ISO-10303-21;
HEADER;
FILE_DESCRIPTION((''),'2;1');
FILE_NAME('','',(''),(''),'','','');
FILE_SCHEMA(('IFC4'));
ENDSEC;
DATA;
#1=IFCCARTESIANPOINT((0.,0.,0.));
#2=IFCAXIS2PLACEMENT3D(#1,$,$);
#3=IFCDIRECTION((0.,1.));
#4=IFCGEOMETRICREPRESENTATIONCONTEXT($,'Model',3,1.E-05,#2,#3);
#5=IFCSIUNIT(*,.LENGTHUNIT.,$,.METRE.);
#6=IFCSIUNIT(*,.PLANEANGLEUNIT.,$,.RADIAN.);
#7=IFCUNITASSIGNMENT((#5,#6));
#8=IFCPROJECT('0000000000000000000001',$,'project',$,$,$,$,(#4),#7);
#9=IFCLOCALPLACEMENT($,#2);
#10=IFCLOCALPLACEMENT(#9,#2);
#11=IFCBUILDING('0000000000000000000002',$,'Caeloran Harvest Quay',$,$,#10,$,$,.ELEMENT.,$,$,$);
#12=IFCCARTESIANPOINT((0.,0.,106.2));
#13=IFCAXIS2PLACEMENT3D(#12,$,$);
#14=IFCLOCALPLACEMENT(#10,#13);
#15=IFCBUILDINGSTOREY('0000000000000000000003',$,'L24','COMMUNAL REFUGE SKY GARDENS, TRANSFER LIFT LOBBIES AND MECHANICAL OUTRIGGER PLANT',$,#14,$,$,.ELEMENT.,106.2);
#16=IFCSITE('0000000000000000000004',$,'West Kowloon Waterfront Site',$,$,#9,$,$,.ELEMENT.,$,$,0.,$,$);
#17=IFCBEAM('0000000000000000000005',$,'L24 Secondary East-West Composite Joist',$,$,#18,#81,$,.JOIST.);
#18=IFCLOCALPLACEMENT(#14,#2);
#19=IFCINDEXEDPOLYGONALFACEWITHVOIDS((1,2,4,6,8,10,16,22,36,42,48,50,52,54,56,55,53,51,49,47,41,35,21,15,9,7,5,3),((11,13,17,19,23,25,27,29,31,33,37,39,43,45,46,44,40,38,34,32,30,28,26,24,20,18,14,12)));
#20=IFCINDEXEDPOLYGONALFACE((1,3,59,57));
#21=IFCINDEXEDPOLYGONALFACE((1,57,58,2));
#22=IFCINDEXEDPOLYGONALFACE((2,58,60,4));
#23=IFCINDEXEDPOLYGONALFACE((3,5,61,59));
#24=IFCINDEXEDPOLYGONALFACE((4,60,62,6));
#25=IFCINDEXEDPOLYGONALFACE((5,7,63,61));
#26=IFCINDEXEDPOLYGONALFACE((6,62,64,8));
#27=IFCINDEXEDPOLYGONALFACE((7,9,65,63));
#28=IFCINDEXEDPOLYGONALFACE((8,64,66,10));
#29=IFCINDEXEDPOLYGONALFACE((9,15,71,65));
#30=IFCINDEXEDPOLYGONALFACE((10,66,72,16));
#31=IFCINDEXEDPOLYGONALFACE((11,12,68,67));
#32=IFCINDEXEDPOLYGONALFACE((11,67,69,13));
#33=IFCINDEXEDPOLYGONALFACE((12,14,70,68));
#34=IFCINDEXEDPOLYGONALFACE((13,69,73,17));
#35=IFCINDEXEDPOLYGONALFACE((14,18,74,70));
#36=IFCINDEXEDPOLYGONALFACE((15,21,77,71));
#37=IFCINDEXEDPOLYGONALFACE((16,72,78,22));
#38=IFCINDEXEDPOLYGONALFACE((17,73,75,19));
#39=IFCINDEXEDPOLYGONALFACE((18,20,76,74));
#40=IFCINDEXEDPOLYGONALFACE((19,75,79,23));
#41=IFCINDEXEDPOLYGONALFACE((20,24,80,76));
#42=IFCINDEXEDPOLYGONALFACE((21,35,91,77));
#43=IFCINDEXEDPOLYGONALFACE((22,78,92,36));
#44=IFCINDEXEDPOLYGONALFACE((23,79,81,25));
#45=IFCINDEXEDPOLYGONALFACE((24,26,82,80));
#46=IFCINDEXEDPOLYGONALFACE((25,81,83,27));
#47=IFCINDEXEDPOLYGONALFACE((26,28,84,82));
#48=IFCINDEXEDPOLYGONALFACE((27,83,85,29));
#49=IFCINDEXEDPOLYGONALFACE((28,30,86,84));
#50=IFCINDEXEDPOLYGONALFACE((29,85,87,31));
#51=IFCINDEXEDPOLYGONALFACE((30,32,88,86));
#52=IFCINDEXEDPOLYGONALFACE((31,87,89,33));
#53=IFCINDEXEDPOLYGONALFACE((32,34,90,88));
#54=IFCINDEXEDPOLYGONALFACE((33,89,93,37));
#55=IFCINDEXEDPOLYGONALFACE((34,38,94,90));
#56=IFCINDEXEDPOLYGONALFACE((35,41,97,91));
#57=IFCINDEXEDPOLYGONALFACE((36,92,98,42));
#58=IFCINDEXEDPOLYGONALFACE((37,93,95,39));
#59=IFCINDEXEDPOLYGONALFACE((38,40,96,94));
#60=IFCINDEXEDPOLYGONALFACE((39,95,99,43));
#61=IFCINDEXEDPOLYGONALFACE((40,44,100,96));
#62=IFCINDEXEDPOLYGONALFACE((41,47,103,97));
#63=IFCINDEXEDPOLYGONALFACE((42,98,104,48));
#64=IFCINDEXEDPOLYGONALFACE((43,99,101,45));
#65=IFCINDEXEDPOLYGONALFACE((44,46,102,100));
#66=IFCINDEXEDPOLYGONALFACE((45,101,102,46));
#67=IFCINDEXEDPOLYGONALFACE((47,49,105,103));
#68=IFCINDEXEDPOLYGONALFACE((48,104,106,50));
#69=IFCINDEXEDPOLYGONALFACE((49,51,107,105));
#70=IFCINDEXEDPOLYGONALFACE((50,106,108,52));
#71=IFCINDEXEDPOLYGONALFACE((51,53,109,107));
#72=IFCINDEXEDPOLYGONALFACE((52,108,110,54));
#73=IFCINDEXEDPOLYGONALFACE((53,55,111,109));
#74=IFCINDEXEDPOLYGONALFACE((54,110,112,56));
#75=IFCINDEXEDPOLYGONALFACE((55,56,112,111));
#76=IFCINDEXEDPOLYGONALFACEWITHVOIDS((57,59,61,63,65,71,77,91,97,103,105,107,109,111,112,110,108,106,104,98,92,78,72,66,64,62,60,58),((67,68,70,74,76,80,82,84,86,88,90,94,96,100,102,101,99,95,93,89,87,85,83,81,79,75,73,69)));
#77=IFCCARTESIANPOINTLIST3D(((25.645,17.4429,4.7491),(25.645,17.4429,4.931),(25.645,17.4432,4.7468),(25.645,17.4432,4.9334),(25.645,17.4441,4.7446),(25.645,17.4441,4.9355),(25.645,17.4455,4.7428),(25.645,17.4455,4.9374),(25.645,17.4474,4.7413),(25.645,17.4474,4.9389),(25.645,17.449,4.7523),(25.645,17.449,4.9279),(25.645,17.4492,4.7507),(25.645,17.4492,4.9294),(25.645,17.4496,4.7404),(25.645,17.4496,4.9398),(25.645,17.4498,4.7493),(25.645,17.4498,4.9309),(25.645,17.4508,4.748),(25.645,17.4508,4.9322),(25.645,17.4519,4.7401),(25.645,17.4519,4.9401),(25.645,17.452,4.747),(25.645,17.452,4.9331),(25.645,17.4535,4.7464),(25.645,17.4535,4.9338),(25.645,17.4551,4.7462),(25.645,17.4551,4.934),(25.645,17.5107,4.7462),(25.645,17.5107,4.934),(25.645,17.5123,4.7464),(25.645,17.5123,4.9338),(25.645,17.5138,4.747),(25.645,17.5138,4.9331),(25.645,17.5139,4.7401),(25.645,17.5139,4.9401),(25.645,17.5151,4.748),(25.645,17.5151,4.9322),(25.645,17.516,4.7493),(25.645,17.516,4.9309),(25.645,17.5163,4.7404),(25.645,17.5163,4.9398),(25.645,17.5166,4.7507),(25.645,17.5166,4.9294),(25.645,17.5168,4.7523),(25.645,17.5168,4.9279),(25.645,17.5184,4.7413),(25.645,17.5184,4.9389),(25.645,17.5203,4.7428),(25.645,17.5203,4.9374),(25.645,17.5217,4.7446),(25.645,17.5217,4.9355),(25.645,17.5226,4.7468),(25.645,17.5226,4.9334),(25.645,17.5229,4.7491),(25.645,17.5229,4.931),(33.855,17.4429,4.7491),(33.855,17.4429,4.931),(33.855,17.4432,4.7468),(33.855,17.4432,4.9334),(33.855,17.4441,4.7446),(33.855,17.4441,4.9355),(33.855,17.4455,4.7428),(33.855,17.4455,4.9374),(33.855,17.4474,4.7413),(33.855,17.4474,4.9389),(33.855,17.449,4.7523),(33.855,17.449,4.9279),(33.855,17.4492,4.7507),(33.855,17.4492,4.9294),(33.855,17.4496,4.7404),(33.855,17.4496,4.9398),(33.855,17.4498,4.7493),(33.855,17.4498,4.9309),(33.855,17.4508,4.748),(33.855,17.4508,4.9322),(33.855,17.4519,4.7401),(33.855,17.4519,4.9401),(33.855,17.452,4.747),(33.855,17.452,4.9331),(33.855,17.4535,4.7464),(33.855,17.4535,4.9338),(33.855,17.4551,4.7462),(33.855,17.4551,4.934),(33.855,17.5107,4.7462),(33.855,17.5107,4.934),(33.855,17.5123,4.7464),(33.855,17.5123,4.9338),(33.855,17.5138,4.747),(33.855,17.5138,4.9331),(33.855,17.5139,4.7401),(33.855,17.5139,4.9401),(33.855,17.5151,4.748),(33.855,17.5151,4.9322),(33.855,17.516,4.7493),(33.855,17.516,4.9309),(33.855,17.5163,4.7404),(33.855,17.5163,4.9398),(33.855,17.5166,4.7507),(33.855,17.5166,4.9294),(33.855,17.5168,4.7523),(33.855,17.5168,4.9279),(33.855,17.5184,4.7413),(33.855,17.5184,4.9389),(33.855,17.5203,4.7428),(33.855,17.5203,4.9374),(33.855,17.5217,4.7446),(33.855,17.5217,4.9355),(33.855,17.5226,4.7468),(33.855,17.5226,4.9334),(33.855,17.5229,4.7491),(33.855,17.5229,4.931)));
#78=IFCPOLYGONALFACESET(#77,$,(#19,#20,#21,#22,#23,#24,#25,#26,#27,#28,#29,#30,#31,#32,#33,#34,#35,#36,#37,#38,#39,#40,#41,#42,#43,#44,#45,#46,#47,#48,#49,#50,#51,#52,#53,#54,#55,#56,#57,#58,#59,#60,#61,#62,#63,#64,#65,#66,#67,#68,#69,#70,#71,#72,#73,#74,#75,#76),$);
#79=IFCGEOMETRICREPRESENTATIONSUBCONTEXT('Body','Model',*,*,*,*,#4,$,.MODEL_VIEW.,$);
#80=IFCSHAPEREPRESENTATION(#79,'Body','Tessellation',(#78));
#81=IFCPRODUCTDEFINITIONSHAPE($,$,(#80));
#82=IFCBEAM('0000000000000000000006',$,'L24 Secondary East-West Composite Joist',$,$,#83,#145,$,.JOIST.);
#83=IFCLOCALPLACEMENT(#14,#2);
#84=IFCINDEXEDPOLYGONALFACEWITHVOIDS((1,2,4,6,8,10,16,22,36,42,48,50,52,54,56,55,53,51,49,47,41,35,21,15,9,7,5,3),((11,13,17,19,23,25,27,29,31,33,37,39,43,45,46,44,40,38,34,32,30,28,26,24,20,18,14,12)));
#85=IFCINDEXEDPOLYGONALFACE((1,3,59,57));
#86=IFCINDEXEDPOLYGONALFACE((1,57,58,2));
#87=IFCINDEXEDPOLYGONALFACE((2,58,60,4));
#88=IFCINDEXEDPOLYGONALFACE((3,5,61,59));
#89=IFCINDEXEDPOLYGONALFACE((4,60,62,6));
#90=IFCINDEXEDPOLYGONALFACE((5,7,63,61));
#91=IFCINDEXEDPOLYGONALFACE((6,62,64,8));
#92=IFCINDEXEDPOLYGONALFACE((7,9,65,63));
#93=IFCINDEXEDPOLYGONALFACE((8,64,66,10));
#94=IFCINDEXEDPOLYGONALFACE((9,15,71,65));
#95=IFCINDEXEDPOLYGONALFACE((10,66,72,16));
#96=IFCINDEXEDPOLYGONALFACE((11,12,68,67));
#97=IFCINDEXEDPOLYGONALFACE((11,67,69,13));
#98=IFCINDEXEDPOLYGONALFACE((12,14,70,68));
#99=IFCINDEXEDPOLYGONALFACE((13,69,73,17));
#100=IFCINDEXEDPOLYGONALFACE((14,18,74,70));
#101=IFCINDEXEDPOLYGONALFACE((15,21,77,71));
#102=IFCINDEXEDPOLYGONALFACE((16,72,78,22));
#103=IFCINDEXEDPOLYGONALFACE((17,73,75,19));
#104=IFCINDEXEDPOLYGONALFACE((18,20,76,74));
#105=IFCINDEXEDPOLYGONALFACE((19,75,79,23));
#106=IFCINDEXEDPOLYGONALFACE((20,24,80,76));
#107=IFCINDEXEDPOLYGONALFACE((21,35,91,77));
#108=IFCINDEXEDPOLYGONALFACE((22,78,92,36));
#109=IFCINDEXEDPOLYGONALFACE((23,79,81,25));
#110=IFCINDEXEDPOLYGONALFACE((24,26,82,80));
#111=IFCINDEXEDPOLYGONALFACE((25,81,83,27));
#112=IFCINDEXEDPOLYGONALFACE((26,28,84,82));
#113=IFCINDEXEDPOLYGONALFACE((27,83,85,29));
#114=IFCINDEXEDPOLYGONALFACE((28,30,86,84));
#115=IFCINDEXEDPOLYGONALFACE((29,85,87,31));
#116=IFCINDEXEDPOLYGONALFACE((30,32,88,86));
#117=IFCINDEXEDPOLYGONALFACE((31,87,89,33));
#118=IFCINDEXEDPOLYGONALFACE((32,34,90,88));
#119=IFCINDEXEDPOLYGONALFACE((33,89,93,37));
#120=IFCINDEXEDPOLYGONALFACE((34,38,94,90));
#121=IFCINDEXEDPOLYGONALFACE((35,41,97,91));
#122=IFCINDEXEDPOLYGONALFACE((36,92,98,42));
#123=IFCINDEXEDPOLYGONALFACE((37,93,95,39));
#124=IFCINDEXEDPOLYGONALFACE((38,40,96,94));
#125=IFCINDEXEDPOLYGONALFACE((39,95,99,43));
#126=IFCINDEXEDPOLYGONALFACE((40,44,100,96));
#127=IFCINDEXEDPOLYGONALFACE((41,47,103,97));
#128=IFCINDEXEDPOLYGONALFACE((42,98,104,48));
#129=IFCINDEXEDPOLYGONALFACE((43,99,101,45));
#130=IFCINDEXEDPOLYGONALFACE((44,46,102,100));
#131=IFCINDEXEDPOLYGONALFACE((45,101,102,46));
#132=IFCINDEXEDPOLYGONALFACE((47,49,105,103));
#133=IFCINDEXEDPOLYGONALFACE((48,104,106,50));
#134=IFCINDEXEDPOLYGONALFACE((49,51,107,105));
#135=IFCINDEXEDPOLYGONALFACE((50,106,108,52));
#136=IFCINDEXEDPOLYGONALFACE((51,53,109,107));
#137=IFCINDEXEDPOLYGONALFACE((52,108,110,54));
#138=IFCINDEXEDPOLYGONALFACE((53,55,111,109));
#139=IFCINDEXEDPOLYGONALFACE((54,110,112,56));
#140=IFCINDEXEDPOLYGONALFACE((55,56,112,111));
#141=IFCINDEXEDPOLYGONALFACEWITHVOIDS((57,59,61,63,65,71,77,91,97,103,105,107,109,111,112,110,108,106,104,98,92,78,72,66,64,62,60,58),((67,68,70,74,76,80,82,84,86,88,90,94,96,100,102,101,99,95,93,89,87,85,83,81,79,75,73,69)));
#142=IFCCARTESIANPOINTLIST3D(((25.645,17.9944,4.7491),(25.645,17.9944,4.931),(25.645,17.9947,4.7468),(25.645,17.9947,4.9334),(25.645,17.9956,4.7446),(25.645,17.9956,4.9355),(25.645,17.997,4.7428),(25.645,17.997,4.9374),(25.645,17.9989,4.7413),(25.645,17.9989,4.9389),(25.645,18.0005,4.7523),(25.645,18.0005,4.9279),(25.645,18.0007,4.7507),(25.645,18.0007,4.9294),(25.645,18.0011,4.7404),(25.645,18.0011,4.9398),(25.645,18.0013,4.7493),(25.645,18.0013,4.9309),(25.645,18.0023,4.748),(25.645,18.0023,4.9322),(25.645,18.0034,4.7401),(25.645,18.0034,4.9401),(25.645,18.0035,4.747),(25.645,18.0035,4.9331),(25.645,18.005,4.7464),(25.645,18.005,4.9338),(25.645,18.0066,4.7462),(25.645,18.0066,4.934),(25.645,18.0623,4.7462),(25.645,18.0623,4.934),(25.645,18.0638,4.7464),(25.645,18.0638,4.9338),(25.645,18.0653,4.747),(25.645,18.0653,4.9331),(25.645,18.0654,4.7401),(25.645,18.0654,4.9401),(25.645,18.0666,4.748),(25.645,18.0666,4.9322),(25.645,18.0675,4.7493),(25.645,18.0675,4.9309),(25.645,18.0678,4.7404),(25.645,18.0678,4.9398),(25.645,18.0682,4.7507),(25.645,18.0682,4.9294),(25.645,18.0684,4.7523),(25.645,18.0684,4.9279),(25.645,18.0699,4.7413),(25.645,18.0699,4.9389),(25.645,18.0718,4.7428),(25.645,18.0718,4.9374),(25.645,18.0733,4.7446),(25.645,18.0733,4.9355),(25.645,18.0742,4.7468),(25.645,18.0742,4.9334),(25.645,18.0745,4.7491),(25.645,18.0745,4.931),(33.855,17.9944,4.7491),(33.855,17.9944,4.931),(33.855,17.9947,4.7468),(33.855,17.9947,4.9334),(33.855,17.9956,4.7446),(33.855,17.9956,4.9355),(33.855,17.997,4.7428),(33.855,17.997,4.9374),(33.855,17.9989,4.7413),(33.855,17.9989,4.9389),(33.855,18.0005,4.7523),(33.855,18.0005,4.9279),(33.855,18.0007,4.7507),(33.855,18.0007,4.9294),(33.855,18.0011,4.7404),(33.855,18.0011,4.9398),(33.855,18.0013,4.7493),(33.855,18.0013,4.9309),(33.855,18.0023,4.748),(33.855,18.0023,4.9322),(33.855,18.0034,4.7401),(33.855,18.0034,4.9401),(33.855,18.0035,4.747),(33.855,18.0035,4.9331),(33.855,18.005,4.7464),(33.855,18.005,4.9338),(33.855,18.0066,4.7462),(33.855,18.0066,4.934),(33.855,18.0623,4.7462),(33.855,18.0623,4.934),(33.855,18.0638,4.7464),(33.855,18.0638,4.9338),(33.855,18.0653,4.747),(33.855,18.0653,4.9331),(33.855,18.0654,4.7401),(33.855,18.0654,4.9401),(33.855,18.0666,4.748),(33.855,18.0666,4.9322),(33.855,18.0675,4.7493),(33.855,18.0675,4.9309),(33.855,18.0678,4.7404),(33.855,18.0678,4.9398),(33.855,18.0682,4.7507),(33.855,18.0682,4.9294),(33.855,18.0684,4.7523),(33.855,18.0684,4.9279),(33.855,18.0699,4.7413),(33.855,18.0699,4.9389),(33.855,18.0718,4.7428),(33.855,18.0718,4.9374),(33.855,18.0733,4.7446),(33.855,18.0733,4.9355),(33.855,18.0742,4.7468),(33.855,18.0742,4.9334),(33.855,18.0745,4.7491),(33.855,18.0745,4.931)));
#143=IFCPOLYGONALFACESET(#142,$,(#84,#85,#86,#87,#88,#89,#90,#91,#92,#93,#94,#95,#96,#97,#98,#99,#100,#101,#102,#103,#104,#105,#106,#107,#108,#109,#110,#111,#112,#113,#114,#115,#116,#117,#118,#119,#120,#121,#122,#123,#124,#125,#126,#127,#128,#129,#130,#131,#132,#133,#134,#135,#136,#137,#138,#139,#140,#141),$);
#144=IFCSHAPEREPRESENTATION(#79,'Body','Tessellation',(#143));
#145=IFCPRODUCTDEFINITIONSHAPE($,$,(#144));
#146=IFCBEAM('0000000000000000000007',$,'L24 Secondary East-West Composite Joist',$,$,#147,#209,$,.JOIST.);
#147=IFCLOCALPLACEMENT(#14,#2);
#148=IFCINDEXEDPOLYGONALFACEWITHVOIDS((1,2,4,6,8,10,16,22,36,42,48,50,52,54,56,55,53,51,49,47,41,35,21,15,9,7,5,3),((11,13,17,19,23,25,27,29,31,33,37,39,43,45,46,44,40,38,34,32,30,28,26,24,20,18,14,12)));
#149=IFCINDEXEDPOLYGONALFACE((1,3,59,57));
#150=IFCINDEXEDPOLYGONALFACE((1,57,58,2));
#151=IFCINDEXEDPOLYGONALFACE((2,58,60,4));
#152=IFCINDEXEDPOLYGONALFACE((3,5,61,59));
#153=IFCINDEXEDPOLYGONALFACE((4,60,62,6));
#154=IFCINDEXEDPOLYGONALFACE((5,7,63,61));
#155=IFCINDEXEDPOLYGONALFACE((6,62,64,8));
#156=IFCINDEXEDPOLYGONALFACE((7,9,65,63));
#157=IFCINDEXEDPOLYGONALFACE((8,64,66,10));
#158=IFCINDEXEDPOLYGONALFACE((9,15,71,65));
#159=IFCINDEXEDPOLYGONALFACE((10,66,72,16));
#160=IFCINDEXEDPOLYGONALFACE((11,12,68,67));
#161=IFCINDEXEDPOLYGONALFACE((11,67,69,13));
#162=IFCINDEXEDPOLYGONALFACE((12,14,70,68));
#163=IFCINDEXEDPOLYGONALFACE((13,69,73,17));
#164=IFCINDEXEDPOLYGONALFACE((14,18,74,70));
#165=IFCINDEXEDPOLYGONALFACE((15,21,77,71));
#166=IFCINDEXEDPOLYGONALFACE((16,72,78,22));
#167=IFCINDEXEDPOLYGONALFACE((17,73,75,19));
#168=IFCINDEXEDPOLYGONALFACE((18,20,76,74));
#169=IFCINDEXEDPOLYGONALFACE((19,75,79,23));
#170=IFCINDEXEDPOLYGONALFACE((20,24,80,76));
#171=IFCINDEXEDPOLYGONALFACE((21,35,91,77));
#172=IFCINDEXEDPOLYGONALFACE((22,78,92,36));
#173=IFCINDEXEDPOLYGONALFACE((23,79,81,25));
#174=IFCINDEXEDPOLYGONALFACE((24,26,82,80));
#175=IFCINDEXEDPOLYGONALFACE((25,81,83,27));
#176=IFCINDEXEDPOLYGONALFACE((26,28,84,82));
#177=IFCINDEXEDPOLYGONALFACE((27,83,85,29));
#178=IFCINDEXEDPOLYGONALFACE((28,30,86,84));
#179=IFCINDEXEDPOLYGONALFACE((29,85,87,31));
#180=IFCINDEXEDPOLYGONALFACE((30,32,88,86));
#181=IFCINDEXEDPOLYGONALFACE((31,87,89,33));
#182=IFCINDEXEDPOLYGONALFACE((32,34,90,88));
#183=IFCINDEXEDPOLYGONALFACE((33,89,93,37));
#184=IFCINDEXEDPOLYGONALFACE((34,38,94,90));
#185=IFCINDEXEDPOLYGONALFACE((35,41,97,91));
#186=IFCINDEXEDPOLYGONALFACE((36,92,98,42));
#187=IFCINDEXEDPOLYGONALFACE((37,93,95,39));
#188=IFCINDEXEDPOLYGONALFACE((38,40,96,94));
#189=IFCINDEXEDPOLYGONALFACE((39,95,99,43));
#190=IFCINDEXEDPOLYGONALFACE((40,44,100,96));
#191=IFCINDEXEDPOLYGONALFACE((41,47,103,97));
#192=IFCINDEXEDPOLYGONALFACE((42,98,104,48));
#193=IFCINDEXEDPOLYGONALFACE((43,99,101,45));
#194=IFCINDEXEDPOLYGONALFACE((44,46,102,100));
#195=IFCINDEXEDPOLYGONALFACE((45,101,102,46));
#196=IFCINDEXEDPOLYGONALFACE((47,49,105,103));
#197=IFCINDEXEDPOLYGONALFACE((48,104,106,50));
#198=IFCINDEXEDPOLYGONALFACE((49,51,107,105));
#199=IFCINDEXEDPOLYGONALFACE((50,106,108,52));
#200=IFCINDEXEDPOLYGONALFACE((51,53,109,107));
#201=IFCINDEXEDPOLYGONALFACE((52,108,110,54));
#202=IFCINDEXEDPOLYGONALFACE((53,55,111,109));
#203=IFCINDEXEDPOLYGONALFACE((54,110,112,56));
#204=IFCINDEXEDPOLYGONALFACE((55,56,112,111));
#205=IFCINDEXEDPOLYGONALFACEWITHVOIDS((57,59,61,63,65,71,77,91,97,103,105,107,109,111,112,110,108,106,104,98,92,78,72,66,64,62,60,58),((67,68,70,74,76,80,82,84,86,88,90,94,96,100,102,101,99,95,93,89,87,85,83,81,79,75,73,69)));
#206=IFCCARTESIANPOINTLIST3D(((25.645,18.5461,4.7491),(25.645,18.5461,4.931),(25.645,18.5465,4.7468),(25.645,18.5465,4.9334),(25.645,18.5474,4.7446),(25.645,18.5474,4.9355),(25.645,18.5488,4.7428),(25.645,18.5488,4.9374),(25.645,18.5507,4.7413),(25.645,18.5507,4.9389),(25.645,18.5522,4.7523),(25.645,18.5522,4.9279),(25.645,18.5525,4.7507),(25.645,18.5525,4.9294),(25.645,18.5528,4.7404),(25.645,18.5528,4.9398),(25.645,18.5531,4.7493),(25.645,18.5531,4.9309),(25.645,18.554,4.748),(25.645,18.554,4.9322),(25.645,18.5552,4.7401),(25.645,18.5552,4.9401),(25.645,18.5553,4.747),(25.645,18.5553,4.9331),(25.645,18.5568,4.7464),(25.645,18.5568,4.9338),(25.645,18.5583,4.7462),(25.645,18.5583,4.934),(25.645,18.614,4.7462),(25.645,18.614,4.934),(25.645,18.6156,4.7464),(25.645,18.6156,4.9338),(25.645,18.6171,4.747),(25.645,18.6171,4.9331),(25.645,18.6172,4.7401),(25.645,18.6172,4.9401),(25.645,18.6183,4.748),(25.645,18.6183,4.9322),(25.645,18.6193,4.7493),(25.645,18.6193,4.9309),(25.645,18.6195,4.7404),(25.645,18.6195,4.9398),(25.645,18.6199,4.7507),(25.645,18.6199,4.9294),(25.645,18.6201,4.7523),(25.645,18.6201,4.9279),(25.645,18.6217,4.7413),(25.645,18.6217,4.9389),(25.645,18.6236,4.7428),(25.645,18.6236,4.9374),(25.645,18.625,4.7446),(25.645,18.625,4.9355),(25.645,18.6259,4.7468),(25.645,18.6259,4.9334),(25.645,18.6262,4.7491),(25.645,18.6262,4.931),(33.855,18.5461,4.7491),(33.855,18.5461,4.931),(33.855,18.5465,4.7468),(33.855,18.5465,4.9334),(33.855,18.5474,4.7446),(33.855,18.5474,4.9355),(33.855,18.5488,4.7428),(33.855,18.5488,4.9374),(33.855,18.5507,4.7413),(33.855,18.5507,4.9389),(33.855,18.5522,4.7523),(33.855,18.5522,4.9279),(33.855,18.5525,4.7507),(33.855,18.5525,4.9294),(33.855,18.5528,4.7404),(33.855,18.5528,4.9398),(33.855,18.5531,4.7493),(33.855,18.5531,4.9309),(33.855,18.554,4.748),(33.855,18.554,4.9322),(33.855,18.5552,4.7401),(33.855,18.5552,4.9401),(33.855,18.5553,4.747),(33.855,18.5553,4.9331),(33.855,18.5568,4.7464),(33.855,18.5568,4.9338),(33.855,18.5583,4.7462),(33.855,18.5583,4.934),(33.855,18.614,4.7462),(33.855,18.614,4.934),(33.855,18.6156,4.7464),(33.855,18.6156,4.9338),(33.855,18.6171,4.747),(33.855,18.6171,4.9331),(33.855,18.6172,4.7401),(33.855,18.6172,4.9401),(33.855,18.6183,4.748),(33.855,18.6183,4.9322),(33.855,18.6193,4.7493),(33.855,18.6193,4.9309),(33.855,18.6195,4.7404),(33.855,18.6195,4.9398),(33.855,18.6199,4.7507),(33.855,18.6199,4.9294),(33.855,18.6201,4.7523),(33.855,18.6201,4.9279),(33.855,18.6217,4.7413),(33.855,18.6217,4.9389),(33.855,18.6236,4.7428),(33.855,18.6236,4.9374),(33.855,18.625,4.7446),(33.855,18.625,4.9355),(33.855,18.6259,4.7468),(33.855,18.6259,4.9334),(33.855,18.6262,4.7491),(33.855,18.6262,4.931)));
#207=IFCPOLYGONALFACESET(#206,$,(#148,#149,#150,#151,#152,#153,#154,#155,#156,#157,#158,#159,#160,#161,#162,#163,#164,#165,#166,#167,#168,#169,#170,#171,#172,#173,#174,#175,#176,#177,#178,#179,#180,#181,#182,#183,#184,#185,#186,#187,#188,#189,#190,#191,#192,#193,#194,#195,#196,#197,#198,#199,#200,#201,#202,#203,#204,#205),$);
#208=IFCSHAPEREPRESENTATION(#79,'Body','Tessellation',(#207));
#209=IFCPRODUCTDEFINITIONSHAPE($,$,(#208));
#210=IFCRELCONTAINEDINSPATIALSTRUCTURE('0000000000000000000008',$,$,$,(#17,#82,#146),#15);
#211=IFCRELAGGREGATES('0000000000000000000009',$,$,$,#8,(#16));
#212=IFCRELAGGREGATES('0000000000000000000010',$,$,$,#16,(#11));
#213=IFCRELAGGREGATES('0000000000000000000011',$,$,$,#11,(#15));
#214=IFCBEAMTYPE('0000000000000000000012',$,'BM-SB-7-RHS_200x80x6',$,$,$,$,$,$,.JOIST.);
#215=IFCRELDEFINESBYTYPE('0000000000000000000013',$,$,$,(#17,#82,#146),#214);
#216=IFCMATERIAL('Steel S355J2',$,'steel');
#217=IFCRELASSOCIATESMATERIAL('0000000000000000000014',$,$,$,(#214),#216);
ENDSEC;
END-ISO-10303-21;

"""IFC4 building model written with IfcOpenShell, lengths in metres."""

from ifc_helpers import new_model, si_unit, direction, frame, origin, origin_2d, place, context, subcontext, project, spatial, hollow_rectangle, extrude, material, material_profile, profile_set, type_object, element, save


model = new_model("IFC4")

# Units and contexts
model_context = context("Model", 3, precision=1e-05, world=origin(), true_north=direction((0.0, 1.0)))
body_context = subcontext(model_context, "Body", "Model", "MODEL_VIEW")
ifc_project = project(units=[si_unit("LENGTHUNIT", "METRE"), si_unit("PLANEANGLEUNIT", "RADIAN")], contexts=[model_context])

# Site, building, storey
site_placement = place(None, origin())
site = spatial("IfcSite", under=ifc_project, at=site_placement, Name="West Kowloon Waterfront Site", CompositionType="ELEMENT", RefElevation=0.0)
building_placement = place(site_placement, origin())
building = spatial("IfcBuilding", under=site, at=building_placement, Name="Caeloran Harvest Quay", CompositionType="ELEMENT")
storey_placement = place(building_placement, frame((0.0, 0.0, 106.2)))
storey = spatial("IfcBuildingStorey", under=building, at=storey_placement, Name="L24", Description="COMMUNAL REFUGE SKY GARDENS, TRANSFER LIFT LOBBIES AND MECHANICAL OUTRIGGER PLANT", CompositionType="ELEMENT", Elevation=106.2)

# Beams
ifc_material_1 = material(Name="Steel S355J2", Category="steel")
ifc_material_profile_1 = material_profile(ifc_material_1, hollow_rectangle(XDim=0.0801, YDim=0.2, WallThickness=0.0061, InnerFilletRadius=0.0061, OuterFilletRadius=0.009, at=origin_2d()), Name="RHS 200x80x6")
ifc_profile_set_1 = profile_set([ifc_material_profile_1], Name="Steel S355J2")
beam_type_1 = type_object("IfcBeamType", Name="BM-SB-7-RHS_200x80x6", PredefinedType="JOIST", material=ifc_profile_set_1)
for number, where, z_axis, x_axis, name in (
    (1, (25.645, 17.4829, 4.8401), (1.0, 0.0, 0.0), (0.0, 1.0, 0.0), "L24 Secondary East-West Composite Joist"),
    (2, (25.645, 18.0344, 4.8401), (1.0, 0.0, 0.0), (0.0, 1.0, 0.0), "L24 Secondary East-West Composite Joist"),
    (3, (25.645, 18.5862, 4.8401), (1.0, 0.0, 0.0), (0.0, 1.0, 0.0), "L24 Secondary East-West Composite Joist"),
):
    element("IfcBeam", number, at=place(storey_placement, frame(where, z_axis=z_axis, x_axis=x_axis)), inside=storey, type_object=beam_type_1, Name=name, PredefinedType="JOIST", context=body_context, shape_type="SweptSolid", body=[
        extrude(hollow_rectangle(XDim=0.0801, YDim=0.2, WallThickness=0.0061, InnerFilletRadius=0.0061, OuterFilletRadius=0.009, at=origin_2d()), origin(), (0.0, 0.0, 1.0), 8.21),
    ])

save(model, "model.ifc")
